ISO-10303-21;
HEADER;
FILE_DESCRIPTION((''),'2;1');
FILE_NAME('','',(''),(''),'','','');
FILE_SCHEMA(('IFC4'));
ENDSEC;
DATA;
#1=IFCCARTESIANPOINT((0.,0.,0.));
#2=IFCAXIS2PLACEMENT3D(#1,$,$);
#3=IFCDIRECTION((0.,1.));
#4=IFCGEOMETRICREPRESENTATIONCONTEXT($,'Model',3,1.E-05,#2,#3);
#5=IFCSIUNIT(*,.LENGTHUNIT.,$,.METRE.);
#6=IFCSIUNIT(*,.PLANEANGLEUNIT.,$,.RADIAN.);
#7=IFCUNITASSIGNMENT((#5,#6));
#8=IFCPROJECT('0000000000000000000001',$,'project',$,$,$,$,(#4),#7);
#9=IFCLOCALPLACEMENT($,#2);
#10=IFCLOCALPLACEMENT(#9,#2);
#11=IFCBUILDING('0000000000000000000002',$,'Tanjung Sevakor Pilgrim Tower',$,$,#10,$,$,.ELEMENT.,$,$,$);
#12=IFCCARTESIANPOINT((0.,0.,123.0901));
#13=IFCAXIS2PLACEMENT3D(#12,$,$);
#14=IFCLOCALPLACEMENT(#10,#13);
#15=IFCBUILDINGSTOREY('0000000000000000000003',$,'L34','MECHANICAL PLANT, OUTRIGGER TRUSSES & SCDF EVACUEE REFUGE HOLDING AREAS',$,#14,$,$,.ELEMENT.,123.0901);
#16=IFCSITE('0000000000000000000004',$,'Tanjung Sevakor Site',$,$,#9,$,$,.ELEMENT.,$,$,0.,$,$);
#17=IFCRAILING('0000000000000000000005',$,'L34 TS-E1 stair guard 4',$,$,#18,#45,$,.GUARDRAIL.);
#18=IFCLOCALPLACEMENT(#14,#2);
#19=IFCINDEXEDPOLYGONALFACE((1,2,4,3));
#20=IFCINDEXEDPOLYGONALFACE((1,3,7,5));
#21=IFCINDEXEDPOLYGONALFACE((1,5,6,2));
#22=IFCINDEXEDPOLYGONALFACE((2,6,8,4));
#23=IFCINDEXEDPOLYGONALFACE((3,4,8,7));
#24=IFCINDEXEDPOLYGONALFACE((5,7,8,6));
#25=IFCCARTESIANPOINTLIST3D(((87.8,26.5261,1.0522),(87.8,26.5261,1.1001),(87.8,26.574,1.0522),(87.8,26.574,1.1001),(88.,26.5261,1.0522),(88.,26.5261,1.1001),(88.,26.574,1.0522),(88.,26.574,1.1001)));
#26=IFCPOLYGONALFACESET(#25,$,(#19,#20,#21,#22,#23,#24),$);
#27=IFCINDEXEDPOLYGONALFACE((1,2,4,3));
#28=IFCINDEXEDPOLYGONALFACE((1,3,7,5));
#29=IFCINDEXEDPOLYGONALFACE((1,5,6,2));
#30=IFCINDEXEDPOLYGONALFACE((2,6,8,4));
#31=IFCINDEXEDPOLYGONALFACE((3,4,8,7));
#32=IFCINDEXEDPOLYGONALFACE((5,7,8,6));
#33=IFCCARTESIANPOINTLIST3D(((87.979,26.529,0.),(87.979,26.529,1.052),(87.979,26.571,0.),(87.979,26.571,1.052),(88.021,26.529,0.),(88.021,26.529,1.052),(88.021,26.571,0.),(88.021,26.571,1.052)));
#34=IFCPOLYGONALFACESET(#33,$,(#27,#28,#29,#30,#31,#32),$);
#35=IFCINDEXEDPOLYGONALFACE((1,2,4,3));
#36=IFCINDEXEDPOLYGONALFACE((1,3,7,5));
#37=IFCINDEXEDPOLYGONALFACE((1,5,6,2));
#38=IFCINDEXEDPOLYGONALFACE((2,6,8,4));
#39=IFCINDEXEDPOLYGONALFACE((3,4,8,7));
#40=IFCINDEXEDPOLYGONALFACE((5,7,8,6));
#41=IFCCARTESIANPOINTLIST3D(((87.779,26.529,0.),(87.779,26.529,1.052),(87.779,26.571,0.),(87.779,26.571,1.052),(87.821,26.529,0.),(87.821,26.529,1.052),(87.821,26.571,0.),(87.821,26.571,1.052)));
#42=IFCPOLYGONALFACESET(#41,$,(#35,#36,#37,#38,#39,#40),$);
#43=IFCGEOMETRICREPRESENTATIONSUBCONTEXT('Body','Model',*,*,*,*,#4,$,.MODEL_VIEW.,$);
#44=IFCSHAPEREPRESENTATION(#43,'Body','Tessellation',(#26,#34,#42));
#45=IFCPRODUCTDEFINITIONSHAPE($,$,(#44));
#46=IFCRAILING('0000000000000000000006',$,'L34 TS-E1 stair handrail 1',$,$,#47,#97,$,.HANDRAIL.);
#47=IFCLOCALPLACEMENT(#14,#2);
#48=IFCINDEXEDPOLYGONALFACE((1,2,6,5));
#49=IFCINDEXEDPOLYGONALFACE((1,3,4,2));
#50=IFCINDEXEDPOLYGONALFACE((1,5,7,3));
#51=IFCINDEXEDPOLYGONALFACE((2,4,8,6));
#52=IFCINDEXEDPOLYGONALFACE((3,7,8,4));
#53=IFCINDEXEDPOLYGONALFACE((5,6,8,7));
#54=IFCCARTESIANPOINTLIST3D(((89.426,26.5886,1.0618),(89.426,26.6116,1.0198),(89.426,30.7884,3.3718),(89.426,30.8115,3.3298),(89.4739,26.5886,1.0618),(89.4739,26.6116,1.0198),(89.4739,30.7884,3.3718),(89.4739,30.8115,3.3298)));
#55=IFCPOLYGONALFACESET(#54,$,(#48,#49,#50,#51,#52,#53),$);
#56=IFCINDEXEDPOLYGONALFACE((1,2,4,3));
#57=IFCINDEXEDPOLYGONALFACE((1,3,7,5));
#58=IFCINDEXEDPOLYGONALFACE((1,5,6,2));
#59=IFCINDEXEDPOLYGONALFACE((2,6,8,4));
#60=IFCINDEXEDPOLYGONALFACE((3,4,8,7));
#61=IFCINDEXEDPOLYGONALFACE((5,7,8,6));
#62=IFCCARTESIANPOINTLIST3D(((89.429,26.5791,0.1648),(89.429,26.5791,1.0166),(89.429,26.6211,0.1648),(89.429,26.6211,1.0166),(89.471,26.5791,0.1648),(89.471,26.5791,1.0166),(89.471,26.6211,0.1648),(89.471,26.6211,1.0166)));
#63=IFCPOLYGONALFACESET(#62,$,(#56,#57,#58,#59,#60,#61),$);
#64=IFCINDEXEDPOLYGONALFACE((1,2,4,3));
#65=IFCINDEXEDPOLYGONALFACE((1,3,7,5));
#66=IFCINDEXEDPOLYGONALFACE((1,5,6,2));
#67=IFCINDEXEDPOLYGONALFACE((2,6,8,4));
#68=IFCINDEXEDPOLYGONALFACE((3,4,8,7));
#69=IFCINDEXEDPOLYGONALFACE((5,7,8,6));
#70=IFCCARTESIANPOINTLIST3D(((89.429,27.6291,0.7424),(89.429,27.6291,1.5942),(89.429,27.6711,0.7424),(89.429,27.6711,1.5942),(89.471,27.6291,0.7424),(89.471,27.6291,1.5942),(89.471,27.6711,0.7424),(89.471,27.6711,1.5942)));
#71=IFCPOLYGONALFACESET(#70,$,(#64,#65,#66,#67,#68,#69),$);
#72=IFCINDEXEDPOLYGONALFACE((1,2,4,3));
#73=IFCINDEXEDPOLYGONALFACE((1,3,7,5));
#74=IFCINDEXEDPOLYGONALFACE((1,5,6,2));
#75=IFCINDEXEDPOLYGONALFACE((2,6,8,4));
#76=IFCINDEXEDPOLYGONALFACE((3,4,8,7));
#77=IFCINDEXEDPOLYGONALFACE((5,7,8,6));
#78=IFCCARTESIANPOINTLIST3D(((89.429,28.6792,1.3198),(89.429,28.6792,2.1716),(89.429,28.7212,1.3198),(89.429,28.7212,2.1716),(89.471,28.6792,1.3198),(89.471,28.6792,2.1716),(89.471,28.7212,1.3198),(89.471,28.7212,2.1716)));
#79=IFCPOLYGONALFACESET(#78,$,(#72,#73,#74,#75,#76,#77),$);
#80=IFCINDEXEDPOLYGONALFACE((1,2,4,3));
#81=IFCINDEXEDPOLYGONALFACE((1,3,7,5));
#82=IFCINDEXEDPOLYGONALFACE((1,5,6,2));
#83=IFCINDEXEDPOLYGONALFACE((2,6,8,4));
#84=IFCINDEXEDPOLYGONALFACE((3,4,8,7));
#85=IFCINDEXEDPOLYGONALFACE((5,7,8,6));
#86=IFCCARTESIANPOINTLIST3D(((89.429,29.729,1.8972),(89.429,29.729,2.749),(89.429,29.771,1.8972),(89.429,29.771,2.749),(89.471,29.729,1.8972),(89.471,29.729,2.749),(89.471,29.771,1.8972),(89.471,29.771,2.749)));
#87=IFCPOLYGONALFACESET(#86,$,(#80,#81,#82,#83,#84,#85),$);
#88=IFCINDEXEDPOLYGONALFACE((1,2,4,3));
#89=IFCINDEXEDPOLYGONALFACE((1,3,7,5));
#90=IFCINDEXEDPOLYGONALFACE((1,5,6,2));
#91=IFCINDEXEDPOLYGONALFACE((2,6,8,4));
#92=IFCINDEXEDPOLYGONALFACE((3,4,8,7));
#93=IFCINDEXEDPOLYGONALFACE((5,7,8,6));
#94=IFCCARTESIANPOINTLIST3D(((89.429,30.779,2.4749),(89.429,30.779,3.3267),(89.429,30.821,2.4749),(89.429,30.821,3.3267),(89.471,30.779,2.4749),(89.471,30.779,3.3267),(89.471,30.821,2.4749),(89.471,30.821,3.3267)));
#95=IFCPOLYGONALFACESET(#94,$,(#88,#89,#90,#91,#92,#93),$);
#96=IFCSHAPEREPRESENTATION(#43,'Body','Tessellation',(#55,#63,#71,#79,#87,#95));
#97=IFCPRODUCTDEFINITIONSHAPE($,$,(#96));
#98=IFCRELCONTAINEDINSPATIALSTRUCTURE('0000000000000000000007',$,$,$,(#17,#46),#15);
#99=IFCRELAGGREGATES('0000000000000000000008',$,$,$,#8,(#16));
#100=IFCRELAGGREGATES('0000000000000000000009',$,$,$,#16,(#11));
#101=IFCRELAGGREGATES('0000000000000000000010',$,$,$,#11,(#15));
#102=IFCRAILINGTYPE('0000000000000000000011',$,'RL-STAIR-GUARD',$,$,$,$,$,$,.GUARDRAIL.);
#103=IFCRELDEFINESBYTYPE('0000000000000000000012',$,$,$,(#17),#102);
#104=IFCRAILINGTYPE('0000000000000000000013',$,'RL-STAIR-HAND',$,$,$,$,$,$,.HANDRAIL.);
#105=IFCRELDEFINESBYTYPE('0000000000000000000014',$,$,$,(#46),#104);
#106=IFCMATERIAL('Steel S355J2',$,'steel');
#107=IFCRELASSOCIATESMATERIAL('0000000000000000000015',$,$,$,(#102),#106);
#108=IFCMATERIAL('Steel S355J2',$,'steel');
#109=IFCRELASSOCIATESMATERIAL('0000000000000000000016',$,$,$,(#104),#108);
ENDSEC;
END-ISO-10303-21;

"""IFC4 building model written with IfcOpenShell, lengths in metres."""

from ifc_helpers import new_model, si_unit, direction, frame, origin, place, context, subcontext, project, spatial, rectangle, extrude, material, type_object, element, save


model = new_model("IFC4")

# Units and contexts
model_context = context("Model", 3, precision=1e-05, world=origin(), true_north=direction((0.0, 1.0)))
body_context = subcontext(model_context, "Body", "Model", "MODEL_VIEW")
ifc_project = project(units=[si_unit("LENGTHUNIT", "METRE"), si_unit("PLANEANGLEUNIT", "RADIAN")], contexts=[model_context])

# Site, building, storey
site_placement = place(None, origin())
site = spatial("IfcSite", under=ifc_project, at=site_placement, Name="Tanjung Sevakor Site", CompositionType="ELEMENT", RefElevation=0.0)
building_placement = place(site_placement, origin())
building = spatial("IfcBuilding", under=site, at=building_placement, Name="Tanjung Sevakor Pilgrim Tower", CompositionType="ELEMENT")
storey_placement = place(building_placement, frame((0.0, 0.0, 123.0901)))
storey = spatial("IfcBuildingStorey", under=building, at=storey_placement, Name="L34", Description="MECHANICAL PLANT, OUTRIGGER TRUSSES & SCDF EVACUEE REFUGE HOLDING AREAS", CompositionType="ELEMENT", Elevation=123.0901)

# Railings
ifc_material_1 = material(Name="Steel S355J2", Category="steel")
railing_type_1 = type_object("IfcRailingType", Name="RL-STAIR-GUARD", PredefinedType="GUARDRAIL", material=ifc_material_1)
for number, where, name in (
    (1, (88.0, 26.55, 0.0), "L34 TS-E1 stair guard 4"),
):
    element("IfcRailing", number, at=place(storey_placement, frame(where)), inside=storey, type_object=railing_type_1, Name=name, PredefinedType="GUARDRAIL", context=body_context, shape_type="SweptSolid", body=[
        extrude(rectangle(XDim=0.0479, YDim=0.0479), frame((0.0, 0.0, 1.0762), z_axis=(-1.0, 0.0, 0.0), x_axis=(0.0, -1.0, 0.0)), (0.0, 0.0, 1.0), 0.2),
        extrude(rectangle(XDim=0.042, YDim=0.042), origin(), (0.0, 0.0, 1.0), 1.052),
        extrude(rectangle(XDim=0.042, YDim=0.042), frame((-0.2, 0.0, 0.0)), (0.0, 0.0, 1.0), 1.052),
    ])
ifc_material_2 = material(Name="Steel S355J2", Category="steel")
railing_type_2 = type_object("IfcRailingType", Name="RL-STAIR-HAND", PredefinedType="HANDRAIL", material=ifc_material_2)
railing_1_placement = place(storey_placement, frame((89.45, 26.6001, 0.1648)))
element("IfcRailing", 2, at=railing_1_placement, inside=storey, type_object=railing_type_2, Name="L34 TS-E1 stair handrail 1", PredefinedType="HANDRAIL", context=body_context, shape_type="SweptSolid", body=[
    extrude(rectangle(XDim=0.0479, YDim=0.0479), frame((0.0, 0.0, 0.876), z_axis=(0.0, 0.876208, 0.481932), x_axis=(-1.0, 0.0, 0.0)), (0.0, 0.0, 1.0), 4.7932),
    extrude(rectangle(XDim=0.042, YDim=0.042), origin(), (0.0, 0.0, 1.0), 0.8518),
    extrude(rectangle(XDim=0.042, YDim=0.042), frame((0.0, 1.05, 0.5776)), (0.0, 0.0, 1.0), 0.8518),
    extrude(rectangle(XDim=0.042, YDim=0.042), frame((0.0, 2.1001, 1.155)), (0.0, 0.0, 1.0), 0.8518),
    extrude(rectangle(XDim=0.042, YDim=0.042), frame((0.0, 3.1499, 1.7324)), (0.0, 0.0, 1.0), 0.8518),
    extrude(rectangle(XDim=0.042, YDim=0.042), frame((0.0, 4.2, 2.3101)), (0.0, 0.0, 1.0), 0.8518),
])

save(model, "model.ifc")
